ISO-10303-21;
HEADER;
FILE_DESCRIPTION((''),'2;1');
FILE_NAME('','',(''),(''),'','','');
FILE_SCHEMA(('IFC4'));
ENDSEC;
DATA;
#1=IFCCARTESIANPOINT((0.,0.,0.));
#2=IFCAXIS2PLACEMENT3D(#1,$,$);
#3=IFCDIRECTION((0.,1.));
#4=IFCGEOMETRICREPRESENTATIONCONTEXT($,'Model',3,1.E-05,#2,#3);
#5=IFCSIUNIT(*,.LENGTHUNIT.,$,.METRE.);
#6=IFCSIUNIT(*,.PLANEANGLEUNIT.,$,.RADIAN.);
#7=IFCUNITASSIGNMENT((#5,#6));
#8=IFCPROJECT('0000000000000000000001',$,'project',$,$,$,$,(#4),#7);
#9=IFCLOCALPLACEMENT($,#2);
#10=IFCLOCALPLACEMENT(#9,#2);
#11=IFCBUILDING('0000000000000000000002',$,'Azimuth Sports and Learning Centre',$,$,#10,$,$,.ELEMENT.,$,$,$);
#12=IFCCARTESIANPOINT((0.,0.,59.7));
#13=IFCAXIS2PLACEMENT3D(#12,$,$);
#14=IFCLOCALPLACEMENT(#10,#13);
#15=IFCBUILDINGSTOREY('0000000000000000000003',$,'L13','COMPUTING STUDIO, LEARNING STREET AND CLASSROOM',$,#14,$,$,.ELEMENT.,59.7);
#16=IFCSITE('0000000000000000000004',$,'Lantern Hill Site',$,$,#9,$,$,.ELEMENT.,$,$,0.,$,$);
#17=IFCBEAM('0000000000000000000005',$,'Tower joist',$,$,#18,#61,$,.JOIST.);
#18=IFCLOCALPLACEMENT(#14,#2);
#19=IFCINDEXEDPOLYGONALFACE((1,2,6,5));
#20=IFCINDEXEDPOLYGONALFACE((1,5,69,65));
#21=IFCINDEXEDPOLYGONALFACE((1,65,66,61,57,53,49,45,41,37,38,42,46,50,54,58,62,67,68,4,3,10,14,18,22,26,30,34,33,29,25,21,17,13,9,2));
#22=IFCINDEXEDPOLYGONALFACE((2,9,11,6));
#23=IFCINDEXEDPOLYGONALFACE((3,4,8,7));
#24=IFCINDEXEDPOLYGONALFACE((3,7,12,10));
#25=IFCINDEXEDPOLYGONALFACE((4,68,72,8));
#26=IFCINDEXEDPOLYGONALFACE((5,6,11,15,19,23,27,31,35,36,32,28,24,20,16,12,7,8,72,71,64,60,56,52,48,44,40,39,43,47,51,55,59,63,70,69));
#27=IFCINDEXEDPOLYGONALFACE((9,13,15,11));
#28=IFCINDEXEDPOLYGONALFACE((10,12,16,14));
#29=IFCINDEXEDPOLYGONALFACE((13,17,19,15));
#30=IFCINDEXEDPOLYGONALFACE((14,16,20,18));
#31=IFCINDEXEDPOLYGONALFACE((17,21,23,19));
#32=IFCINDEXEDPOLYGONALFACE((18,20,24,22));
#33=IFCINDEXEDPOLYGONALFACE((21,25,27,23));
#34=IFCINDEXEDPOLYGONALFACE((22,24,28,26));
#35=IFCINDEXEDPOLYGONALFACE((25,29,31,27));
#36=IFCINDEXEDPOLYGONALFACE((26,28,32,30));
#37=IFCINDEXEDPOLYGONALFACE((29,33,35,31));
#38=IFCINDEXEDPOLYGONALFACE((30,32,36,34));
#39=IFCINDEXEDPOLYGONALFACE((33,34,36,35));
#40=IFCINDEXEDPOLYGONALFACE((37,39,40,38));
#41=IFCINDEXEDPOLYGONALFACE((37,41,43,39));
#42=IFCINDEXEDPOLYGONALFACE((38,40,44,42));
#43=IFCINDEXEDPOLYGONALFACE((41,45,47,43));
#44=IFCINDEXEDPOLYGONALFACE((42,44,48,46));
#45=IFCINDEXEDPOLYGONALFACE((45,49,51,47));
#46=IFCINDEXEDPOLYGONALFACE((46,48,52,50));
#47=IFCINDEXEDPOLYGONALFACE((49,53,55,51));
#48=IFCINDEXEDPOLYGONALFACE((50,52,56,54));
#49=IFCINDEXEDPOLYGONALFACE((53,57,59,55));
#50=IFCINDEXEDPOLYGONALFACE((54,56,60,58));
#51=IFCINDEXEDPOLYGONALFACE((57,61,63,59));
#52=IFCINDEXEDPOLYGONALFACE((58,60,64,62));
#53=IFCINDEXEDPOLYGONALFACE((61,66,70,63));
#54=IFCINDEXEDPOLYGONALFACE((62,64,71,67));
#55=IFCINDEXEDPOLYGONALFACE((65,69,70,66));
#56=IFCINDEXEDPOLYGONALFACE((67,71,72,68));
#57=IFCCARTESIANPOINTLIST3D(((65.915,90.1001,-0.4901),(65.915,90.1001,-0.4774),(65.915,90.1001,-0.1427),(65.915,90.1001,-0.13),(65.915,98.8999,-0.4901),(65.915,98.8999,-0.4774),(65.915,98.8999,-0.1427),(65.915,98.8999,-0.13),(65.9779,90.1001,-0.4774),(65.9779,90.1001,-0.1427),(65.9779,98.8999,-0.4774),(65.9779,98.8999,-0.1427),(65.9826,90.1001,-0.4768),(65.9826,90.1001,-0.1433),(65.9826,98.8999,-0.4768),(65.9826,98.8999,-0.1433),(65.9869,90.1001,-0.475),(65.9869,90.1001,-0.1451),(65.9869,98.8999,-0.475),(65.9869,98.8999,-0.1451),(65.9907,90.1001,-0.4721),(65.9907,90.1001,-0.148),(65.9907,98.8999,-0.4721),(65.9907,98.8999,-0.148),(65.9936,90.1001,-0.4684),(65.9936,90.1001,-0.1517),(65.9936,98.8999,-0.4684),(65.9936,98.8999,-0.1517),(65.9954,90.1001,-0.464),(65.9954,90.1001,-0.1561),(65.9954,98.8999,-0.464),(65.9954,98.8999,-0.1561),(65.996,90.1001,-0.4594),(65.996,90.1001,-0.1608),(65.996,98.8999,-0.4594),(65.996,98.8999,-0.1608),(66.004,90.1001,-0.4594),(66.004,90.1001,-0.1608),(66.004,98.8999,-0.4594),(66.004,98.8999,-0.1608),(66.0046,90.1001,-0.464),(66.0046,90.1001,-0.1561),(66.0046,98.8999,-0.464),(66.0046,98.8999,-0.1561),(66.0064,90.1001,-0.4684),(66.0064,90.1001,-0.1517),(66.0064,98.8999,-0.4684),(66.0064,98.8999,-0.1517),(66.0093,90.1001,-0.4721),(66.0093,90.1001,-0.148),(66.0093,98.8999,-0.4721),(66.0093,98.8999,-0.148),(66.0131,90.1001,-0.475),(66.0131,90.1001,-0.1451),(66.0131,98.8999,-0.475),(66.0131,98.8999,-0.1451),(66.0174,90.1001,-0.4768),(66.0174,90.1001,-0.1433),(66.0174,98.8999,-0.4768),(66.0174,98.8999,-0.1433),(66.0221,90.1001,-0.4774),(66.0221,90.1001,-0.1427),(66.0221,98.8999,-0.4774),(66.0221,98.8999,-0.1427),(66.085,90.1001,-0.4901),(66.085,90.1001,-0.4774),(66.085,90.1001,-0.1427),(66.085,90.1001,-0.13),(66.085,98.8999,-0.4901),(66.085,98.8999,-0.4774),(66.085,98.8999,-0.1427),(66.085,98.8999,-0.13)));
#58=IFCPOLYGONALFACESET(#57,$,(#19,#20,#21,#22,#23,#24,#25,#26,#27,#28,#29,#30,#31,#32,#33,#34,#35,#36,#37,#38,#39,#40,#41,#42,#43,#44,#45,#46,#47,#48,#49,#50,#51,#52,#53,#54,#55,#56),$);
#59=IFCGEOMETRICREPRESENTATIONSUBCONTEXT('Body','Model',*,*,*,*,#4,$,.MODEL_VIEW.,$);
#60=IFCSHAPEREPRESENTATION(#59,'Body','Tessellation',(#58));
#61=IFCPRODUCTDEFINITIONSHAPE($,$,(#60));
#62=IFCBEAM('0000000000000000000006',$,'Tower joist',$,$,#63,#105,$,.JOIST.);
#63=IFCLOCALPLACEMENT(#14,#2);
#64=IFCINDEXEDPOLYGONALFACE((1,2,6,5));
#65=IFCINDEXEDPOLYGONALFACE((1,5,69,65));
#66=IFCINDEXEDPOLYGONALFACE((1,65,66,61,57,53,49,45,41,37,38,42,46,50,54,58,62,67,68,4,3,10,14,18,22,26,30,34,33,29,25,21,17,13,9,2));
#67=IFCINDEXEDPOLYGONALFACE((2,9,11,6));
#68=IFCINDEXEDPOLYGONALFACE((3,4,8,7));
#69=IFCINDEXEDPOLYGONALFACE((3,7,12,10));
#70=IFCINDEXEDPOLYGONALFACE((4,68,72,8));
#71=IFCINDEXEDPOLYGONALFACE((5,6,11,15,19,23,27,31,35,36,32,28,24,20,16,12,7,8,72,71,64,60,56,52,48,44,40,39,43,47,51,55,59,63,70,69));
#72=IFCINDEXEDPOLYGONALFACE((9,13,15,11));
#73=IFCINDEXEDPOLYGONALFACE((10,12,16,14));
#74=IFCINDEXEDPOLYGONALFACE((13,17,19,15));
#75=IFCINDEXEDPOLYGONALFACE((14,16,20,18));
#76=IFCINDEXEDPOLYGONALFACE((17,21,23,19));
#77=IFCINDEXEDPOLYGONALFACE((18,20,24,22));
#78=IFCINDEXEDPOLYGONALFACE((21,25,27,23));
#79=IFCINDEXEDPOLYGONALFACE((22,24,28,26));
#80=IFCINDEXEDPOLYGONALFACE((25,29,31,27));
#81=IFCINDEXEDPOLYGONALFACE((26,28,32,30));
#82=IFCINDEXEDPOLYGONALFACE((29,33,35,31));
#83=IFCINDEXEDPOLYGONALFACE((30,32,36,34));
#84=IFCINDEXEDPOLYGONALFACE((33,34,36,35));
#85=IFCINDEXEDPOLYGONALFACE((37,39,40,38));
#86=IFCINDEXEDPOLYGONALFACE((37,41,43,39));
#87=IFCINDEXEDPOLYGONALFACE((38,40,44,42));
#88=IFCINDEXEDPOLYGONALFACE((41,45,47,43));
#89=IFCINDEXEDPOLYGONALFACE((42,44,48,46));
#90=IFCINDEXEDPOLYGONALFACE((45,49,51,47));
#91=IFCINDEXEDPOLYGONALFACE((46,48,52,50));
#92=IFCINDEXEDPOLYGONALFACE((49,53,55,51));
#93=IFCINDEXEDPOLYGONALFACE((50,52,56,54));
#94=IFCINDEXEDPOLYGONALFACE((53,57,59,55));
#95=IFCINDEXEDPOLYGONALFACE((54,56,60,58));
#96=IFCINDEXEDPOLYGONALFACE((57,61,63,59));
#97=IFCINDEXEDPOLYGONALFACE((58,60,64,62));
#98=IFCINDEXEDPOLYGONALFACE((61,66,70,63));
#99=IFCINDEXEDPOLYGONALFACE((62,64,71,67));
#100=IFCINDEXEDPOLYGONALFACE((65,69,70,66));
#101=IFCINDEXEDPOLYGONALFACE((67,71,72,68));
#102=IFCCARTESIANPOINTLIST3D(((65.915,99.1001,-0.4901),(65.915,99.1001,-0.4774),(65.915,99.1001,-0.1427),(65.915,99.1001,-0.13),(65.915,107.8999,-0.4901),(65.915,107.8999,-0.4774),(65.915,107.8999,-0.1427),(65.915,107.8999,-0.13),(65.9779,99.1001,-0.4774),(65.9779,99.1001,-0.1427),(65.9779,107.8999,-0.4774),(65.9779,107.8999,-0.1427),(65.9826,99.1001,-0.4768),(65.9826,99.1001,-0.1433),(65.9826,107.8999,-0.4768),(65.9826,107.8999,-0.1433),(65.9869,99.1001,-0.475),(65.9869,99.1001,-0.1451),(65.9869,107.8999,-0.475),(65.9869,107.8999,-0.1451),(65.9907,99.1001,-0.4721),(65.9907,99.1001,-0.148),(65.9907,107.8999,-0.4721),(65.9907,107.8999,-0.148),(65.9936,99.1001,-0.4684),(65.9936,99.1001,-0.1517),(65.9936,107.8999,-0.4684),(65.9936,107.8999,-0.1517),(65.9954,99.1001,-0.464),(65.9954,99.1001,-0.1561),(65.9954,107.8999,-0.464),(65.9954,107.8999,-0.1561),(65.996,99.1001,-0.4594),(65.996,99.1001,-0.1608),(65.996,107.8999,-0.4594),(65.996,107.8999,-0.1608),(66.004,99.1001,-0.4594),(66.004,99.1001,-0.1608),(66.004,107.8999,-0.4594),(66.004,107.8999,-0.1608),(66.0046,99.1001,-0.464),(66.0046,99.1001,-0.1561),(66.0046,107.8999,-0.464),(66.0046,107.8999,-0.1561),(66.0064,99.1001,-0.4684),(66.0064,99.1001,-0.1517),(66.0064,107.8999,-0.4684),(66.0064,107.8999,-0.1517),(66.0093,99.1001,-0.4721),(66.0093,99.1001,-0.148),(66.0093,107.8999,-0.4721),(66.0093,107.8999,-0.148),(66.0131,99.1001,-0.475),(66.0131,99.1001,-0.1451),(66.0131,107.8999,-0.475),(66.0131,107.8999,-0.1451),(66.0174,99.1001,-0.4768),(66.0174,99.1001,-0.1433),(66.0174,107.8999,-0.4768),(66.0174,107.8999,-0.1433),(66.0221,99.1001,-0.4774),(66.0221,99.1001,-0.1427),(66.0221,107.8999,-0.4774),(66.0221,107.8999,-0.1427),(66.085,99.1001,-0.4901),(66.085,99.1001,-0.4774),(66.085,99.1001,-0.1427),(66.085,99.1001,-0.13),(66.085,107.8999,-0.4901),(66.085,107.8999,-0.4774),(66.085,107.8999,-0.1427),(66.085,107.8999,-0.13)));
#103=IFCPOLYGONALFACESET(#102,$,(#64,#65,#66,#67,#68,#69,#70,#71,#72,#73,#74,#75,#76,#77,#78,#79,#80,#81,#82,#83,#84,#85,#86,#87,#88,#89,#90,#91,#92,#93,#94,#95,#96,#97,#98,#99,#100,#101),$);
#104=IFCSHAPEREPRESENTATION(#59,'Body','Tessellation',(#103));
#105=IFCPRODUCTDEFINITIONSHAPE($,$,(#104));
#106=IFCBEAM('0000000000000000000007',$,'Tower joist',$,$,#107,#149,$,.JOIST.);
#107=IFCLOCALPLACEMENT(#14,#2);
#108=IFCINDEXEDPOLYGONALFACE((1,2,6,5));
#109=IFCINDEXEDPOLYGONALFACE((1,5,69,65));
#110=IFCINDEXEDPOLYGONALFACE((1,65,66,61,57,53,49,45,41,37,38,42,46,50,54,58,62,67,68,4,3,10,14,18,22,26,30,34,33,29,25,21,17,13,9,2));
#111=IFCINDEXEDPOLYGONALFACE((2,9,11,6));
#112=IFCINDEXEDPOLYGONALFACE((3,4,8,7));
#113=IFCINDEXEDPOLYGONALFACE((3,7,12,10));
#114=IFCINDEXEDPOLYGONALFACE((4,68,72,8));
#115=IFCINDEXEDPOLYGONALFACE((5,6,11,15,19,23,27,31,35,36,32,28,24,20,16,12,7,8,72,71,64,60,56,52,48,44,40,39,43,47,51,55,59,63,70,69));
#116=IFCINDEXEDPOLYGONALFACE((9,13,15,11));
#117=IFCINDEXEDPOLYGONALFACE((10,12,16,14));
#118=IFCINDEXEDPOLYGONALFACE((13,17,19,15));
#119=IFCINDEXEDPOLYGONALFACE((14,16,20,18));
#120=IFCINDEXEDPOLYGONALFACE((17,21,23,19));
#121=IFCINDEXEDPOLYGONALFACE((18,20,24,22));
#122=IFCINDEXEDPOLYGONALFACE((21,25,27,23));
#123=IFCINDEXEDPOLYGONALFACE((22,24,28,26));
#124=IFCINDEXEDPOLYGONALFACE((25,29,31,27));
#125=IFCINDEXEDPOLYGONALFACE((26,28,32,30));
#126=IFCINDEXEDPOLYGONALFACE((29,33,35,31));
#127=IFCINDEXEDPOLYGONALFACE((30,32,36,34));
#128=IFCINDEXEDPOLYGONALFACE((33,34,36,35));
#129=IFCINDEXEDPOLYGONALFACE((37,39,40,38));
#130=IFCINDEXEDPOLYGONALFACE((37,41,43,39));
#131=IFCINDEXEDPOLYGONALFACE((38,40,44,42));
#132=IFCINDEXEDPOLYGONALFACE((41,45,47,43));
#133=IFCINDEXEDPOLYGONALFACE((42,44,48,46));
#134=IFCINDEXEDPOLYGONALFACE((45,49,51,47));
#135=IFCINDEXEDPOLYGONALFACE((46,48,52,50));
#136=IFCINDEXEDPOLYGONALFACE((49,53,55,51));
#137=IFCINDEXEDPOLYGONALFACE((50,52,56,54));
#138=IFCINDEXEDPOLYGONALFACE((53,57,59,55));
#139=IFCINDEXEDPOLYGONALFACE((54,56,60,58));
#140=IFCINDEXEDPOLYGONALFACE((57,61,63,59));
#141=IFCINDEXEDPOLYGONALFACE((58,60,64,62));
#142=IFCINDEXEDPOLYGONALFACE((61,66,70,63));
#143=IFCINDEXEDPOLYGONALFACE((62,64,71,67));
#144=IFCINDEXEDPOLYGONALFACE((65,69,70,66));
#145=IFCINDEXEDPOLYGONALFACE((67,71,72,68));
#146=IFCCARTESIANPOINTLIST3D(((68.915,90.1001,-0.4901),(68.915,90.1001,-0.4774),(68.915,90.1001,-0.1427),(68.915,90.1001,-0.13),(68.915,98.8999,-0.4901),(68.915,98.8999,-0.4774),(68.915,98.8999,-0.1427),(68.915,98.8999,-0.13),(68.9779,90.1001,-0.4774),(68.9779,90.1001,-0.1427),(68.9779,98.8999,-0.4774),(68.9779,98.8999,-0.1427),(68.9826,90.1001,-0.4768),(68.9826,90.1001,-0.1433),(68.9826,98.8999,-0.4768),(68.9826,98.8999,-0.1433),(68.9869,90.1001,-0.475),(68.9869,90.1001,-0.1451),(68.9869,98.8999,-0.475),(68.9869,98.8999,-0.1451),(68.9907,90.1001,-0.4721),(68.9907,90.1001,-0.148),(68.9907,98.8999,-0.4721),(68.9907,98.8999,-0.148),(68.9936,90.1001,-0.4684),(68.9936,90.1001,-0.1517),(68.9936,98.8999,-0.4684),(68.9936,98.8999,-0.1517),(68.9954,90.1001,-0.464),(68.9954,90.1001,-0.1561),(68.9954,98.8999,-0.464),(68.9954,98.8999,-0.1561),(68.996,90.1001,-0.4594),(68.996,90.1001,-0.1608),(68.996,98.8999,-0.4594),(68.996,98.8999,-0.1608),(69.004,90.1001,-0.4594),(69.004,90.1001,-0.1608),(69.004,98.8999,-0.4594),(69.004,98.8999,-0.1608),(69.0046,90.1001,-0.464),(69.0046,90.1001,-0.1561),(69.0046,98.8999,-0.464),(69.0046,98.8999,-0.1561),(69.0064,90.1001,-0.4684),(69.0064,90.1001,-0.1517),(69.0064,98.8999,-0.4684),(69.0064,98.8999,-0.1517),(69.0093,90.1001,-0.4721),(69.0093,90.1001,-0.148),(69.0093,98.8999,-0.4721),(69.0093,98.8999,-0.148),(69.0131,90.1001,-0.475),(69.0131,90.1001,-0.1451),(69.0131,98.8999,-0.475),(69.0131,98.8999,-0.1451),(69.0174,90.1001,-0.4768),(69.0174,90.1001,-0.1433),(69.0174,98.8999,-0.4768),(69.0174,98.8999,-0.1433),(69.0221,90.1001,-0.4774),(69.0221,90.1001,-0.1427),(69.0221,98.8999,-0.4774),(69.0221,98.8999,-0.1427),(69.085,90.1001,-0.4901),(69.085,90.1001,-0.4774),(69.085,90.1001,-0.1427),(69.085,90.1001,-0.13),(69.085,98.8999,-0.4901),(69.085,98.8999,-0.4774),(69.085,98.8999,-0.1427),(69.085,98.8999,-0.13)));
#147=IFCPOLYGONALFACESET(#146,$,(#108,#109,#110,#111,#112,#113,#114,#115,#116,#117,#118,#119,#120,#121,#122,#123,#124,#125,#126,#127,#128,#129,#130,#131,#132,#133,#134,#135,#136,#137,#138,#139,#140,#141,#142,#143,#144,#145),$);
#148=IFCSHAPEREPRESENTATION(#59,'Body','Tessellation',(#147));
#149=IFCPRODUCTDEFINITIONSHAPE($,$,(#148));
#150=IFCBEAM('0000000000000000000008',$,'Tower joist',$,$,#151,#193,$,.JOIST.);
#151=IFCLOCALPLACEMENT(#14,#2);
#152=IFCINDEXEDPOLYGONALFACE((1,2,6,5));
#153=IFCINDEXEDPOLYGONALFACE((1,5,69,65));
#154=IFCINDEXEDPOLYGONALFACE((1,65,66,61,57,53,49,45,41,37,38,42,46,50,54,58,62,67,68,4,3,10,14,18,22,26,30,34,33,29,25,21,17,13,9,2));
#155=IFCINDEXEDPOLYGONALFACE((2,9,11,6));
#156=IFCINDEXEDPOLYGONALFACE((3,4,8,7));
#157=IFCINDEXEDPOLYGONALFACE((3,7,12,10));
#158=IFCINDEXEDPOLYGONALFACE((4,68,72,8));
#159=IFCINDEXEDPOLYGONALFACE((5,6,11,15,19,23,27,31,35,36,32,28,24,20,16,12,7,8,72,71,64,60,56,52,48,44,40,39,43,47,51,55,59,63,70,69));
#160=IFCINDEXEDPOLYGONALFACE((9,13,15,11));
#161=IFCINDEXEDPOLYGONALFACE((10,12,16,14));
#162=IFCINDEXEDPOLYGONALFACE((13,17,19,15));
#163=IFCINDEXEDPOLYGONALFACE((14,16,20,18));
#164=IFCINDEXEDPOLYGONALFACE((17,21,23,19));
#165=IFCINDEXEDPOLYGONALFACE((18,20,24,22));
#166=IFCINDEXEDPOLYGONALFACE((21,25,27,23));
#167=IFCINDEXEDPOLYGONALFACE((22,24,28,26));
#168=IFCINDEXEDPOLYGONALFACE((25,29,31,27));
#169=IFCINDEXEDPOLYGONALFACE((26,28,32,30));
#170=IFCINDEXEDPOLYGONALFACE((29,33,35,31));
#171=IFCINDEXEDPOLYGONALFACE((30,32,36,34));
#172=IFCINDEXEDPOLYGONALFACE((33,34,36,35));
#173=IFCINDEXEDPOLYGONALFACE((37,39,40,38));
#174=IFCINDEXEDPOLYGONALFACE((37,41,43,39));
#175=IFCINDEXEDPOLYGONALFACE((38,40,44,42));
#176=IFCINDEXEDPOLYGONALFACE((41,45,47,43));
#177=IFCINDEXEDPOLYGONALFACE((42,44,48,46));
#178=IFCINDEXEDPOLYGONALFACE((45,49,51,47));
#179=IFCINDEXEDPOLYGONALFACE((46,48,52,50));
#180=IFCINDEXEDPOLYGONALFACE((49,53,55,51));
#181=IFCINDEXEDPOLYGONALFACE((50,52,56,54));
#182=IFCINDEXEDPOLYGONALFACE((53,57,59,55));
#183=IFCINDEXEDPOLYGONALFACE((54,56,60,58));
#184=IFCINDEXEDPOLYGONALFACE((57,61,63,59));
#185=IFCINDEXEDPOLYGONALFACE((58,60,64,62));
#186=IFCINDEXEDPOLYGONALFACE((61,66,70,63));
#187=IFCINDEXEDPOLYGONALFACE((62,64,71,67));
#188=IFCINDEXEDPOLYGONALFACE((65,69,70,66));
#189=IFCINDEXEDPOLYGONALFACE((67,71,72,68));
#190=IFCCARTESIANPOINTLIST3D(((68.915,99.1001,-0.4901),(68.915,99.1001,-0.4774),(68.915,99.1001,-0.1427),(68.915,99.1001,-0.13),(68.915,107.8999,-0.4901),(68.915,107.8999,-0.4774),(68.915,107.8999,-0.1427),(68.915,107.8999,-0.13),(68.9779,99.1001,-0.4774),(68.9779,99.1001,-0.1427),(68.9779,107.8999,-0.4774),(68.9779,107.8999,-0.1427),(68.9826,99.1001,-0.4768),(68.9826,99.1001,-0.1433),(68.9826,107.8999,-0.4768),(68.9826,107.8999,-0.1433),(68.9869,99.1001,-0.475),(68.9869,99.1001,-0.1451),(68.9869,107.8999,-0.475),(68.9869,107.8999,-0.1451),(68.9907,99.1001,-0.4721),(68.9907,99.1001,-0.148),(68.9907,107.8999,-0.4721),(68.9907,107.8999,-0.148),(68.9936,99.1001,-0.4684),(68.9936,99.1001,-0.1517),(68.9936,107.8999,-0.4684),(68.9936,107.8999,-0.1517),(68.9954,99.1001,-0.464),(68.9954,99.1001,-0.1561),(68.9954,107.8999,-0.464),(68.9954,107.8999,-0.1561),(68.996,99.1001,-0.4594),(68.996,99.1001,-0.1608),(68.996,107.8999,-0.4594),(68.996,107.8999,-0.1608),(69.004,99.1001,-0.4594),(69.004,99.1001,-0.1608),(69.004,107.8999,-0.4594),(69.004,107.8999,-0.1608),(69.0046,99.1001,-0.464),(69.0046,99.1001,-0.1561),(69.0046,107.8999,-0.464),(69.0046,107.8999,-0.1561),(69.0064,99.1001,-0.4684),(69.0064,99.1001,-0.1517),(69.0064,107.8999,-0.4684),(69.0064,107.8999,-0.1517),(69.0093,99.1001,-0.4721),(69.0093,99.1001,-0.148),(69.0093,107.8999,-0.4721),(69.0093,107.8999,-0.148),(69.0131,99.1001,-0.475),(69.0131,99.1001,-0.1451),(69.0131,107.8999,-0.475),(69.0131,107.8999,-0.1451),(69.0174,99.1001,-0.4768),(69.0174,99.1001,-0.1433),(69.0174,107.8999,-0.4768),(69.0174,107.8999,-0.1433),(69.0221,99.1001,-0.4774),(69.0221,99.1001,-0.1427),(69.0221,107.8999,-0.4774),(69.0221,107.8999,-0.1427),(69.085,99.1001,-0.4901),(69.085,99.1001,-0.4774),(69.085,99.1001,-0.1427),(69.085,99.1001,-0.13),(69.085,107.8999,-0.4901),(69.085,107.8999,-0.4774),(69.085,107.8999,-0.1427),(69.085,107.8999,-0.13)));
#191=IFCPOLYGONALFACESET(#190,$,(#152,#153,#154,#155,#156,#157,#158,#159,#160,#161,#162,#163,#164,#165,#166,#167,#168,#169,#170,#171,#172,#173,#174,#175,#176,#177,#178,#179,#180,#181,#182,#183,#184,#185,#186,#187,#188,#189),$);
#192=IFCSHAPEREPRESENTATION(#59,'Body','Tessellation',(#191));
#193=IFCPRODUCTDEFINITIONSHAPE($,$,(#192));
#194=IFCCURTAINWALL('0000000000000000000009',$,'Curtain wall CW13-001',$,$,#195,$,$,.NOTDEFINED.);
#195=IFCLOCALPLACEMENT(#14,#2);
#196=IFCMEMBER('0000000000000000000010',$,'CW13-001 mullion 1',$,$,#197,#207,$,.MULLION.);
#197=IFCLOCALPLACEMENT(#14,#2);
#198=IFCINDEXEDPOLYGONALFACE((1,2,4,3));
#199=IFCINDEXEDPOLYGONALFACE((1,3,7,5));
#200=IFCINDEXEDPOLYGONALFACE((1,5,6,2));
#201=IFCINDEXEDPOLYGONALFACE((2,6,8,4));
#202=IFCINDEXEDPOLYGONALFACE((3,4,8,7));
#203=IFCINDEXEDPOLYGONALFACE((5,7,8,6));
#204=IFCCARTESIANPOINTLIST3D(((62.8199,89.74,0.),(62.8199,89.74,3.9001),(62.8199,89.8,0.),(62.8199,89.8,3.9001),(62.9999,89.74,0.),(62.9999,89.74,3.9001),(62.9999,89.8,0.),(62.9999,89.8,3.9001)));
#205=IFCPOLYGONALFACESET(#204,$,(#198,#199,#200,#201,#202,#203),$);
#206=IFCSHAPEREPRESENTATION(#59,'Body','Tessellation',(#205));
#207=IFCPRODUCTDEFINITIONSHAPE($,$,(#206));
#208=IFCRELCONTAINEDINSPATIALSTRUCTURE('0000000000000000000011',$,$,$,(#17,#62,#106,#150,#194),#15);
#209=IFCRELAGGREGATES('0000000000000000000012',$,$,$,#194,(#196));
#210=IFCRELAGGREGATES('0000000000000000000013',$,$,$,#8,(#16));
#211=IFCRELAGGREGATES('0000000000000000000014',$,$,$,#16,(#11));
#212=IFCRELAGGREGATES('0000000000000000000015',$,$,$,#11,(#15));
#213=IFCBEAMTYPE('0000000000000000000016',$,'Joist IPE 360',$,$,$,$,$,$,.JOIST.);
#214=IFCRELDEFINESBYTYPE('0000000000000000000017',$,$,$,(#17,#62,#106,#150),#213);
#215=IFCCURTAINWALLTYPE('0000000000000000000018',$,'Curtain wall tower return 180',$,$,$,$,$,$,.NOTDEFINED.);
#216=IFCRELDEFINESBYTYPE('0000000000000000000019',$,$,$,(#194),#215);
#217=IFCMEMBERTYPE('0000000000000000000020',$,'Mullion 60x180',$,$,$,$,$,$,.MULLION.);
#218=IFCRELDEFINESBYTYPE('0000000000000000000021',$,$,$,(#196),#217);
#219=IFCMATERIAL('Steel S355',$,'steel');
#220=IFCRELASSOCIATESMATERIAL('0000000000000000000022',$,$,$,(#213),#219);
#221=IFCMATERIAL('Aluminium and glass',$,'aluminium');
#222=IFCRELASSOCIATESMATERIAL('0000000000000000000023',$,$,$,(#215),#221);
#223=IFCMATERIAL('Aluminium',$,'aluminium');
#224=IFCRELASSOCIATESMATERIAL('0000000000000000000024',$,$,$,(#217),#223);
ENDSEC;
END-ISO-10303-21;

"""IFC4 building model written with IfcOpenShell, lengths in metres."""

from ifc_helpers import new_model, si_unit, direction, frame, origin, origin_2d, place, context, subcontext, project, spatial, rectangle, i_section, extrude, material, material_profile, profile_set, type_object, element, aggregate, save


model = new_model("IFC4")

# Units and contexts
model_context = context("Model", 3, precision=1e-05, world=origin(), true_north=direction((0.0, 1.0)))
body_context = subcontext(model_context, "Body", "Model", "MODEL_VIEW")
ifc_project = project(units=[si_unit("LENGTHUNIT", "METRE"), si_unit("PLANEANGLEUNIT", "RADIAN")], contexts=[model_context])

# Site, building, storey
site_placement = place(None, origin())
site = spatial("IfcSite", under=ifc_project, at=site_placement, Name="Lantern Hill Site", CompositionType="ELEMENT", RefElevation=0.0)
building_placement = place(site_placement, origin())
building = spatial("IfcBuilding", under=site, at=building_placement, Name="Azimuth Sports and Learning Centre", CompositionType="ELEMENT")
storey_placement = place(building_placement, frame((0.0, 0.0, 59.7)))
storey = spatial("IfcBuildingStorey", under=building, at=storey_placement, Name="L13", Description="COMPUTING STUDIO, LEARNING STREET AND CLASSROOM", CompositionType="ELEMENT", Elevation=59.7)

# Beams
ifc_material_1 = material(Name="Steel S355", Category="steel")
ifc_material_profile_1 = material_profile(ifc_material_1, i_section(OverallWidth=0.1699, OverallDepth=0.3601, WebThickness=0.0081, FlangeThickness=0.0127, FilletRadius=0.0181, at=origin_2d()), Name="IPE 360")
ifc_profile_set_1 = profile_set([ifc_material_profile_1], Name="Steel S355")
beam_type_1 = type_object("IfcBeamType", Name="Joist IPE 360", PredefinedType="JOIST", material=ifc_profile_set_1)
for number, where, z_axis, x_axis, name in (
    (1, (66.0, 90.1001, -0.3101), (0.0, 1.0, 0.0), (-1.0, 0.0, 0.0), "Tower joist"),
    (2, (66.0, 99.1001, -0.3101), (0.0, 1.0, 0.0), (-1.0, 0.0, 0.0), "Tower joist"),
    (3, (69.0, 90.1001, -0.3101), (0.0, 1.0, 0.0), (-1.0, 0.0, 0.0), "Tower joist"),
    (4, (69.0, 99.1001, -0.3101), (0.0, 1.0, 0.0), (-1.0, 0.0, 0.0), "Tower joist"),
):
    element("IfcBeam", number, at=place(storey_placement, frame(where, z_axis=z_axis, x_axis=x_axis)), inside=storey, type_object=beam_type_1, Name=name, PredefinedType="JOIST", context=body_context, shape_type="SweptSolid", body=[
        extrude(i_section(OverallWidth=0.1699, OverallDepth=0.3601, WebThickness=0.0081, FlangeThickness=0.0127, FilletRadius=0.0181, at=origin_2d()), origin(), (0.0, 0.0, 1.0), 8.7998),
    ])

# Curtain wall, member
ifc_material_2 = material(Name="Aluminium and glass", Category="aluminium")
curtain_wall_type_1 = type_object("IfcCurtainWallType", Name="Curtain wall tower return 180", PredefinedType="NOTDEFINED", material=ifc_material_2)
curtain_wall_1_placement = place(storey_placement, origin())
curtain_wall_1 = element("IfcCurtainWall", 5, at=curtain_wall_1_placement, inside=storey, type_object=curtain_wall_type_1, Name="Curtain wall CW13-001", PredefinedType="NOTDEFINED")
ifc_material_3 = material(Name="Aluminium", Category="aluminium")
ifc_material_profile_2 = material_profile(ifc_material_3, rectangle(XDim=0.1799, YDim=0.0601, at=origin_2d()), Name="Mullion 60x180")
ifc_profile_set_2 = profile_set([ifc_material_profile_2], Name="Aluminium")
member_type_1 = type_object("IfcMemberType", Name="Mullion 60x180", PredefinedType="MULLION", material=ifc_profile_set_2)
member_1_placement = place(storey_placement, frame((62.9099, 89.77, 0.0), z_axis=(0.0, 0.0, 1.0), x_axis=(1.0, 0.0, 0.0)))
member_1 = element("IfcMember", 6, at=member_1_placement, type_object=member_type_1, Name="CW13-001 mullion 1", PredefinedType="MULLION", context=body_context, shape_type="SweptSolid", body=[
    extrude(rectangle(XDim=0.1799, YDim=0.0601, at=origin_2d()), origin(), (0.0, 0.0, 1.0), 3.9001),
])

aggregate(curtain_wall_1, [member_1])

save(model, "model.ifc")
